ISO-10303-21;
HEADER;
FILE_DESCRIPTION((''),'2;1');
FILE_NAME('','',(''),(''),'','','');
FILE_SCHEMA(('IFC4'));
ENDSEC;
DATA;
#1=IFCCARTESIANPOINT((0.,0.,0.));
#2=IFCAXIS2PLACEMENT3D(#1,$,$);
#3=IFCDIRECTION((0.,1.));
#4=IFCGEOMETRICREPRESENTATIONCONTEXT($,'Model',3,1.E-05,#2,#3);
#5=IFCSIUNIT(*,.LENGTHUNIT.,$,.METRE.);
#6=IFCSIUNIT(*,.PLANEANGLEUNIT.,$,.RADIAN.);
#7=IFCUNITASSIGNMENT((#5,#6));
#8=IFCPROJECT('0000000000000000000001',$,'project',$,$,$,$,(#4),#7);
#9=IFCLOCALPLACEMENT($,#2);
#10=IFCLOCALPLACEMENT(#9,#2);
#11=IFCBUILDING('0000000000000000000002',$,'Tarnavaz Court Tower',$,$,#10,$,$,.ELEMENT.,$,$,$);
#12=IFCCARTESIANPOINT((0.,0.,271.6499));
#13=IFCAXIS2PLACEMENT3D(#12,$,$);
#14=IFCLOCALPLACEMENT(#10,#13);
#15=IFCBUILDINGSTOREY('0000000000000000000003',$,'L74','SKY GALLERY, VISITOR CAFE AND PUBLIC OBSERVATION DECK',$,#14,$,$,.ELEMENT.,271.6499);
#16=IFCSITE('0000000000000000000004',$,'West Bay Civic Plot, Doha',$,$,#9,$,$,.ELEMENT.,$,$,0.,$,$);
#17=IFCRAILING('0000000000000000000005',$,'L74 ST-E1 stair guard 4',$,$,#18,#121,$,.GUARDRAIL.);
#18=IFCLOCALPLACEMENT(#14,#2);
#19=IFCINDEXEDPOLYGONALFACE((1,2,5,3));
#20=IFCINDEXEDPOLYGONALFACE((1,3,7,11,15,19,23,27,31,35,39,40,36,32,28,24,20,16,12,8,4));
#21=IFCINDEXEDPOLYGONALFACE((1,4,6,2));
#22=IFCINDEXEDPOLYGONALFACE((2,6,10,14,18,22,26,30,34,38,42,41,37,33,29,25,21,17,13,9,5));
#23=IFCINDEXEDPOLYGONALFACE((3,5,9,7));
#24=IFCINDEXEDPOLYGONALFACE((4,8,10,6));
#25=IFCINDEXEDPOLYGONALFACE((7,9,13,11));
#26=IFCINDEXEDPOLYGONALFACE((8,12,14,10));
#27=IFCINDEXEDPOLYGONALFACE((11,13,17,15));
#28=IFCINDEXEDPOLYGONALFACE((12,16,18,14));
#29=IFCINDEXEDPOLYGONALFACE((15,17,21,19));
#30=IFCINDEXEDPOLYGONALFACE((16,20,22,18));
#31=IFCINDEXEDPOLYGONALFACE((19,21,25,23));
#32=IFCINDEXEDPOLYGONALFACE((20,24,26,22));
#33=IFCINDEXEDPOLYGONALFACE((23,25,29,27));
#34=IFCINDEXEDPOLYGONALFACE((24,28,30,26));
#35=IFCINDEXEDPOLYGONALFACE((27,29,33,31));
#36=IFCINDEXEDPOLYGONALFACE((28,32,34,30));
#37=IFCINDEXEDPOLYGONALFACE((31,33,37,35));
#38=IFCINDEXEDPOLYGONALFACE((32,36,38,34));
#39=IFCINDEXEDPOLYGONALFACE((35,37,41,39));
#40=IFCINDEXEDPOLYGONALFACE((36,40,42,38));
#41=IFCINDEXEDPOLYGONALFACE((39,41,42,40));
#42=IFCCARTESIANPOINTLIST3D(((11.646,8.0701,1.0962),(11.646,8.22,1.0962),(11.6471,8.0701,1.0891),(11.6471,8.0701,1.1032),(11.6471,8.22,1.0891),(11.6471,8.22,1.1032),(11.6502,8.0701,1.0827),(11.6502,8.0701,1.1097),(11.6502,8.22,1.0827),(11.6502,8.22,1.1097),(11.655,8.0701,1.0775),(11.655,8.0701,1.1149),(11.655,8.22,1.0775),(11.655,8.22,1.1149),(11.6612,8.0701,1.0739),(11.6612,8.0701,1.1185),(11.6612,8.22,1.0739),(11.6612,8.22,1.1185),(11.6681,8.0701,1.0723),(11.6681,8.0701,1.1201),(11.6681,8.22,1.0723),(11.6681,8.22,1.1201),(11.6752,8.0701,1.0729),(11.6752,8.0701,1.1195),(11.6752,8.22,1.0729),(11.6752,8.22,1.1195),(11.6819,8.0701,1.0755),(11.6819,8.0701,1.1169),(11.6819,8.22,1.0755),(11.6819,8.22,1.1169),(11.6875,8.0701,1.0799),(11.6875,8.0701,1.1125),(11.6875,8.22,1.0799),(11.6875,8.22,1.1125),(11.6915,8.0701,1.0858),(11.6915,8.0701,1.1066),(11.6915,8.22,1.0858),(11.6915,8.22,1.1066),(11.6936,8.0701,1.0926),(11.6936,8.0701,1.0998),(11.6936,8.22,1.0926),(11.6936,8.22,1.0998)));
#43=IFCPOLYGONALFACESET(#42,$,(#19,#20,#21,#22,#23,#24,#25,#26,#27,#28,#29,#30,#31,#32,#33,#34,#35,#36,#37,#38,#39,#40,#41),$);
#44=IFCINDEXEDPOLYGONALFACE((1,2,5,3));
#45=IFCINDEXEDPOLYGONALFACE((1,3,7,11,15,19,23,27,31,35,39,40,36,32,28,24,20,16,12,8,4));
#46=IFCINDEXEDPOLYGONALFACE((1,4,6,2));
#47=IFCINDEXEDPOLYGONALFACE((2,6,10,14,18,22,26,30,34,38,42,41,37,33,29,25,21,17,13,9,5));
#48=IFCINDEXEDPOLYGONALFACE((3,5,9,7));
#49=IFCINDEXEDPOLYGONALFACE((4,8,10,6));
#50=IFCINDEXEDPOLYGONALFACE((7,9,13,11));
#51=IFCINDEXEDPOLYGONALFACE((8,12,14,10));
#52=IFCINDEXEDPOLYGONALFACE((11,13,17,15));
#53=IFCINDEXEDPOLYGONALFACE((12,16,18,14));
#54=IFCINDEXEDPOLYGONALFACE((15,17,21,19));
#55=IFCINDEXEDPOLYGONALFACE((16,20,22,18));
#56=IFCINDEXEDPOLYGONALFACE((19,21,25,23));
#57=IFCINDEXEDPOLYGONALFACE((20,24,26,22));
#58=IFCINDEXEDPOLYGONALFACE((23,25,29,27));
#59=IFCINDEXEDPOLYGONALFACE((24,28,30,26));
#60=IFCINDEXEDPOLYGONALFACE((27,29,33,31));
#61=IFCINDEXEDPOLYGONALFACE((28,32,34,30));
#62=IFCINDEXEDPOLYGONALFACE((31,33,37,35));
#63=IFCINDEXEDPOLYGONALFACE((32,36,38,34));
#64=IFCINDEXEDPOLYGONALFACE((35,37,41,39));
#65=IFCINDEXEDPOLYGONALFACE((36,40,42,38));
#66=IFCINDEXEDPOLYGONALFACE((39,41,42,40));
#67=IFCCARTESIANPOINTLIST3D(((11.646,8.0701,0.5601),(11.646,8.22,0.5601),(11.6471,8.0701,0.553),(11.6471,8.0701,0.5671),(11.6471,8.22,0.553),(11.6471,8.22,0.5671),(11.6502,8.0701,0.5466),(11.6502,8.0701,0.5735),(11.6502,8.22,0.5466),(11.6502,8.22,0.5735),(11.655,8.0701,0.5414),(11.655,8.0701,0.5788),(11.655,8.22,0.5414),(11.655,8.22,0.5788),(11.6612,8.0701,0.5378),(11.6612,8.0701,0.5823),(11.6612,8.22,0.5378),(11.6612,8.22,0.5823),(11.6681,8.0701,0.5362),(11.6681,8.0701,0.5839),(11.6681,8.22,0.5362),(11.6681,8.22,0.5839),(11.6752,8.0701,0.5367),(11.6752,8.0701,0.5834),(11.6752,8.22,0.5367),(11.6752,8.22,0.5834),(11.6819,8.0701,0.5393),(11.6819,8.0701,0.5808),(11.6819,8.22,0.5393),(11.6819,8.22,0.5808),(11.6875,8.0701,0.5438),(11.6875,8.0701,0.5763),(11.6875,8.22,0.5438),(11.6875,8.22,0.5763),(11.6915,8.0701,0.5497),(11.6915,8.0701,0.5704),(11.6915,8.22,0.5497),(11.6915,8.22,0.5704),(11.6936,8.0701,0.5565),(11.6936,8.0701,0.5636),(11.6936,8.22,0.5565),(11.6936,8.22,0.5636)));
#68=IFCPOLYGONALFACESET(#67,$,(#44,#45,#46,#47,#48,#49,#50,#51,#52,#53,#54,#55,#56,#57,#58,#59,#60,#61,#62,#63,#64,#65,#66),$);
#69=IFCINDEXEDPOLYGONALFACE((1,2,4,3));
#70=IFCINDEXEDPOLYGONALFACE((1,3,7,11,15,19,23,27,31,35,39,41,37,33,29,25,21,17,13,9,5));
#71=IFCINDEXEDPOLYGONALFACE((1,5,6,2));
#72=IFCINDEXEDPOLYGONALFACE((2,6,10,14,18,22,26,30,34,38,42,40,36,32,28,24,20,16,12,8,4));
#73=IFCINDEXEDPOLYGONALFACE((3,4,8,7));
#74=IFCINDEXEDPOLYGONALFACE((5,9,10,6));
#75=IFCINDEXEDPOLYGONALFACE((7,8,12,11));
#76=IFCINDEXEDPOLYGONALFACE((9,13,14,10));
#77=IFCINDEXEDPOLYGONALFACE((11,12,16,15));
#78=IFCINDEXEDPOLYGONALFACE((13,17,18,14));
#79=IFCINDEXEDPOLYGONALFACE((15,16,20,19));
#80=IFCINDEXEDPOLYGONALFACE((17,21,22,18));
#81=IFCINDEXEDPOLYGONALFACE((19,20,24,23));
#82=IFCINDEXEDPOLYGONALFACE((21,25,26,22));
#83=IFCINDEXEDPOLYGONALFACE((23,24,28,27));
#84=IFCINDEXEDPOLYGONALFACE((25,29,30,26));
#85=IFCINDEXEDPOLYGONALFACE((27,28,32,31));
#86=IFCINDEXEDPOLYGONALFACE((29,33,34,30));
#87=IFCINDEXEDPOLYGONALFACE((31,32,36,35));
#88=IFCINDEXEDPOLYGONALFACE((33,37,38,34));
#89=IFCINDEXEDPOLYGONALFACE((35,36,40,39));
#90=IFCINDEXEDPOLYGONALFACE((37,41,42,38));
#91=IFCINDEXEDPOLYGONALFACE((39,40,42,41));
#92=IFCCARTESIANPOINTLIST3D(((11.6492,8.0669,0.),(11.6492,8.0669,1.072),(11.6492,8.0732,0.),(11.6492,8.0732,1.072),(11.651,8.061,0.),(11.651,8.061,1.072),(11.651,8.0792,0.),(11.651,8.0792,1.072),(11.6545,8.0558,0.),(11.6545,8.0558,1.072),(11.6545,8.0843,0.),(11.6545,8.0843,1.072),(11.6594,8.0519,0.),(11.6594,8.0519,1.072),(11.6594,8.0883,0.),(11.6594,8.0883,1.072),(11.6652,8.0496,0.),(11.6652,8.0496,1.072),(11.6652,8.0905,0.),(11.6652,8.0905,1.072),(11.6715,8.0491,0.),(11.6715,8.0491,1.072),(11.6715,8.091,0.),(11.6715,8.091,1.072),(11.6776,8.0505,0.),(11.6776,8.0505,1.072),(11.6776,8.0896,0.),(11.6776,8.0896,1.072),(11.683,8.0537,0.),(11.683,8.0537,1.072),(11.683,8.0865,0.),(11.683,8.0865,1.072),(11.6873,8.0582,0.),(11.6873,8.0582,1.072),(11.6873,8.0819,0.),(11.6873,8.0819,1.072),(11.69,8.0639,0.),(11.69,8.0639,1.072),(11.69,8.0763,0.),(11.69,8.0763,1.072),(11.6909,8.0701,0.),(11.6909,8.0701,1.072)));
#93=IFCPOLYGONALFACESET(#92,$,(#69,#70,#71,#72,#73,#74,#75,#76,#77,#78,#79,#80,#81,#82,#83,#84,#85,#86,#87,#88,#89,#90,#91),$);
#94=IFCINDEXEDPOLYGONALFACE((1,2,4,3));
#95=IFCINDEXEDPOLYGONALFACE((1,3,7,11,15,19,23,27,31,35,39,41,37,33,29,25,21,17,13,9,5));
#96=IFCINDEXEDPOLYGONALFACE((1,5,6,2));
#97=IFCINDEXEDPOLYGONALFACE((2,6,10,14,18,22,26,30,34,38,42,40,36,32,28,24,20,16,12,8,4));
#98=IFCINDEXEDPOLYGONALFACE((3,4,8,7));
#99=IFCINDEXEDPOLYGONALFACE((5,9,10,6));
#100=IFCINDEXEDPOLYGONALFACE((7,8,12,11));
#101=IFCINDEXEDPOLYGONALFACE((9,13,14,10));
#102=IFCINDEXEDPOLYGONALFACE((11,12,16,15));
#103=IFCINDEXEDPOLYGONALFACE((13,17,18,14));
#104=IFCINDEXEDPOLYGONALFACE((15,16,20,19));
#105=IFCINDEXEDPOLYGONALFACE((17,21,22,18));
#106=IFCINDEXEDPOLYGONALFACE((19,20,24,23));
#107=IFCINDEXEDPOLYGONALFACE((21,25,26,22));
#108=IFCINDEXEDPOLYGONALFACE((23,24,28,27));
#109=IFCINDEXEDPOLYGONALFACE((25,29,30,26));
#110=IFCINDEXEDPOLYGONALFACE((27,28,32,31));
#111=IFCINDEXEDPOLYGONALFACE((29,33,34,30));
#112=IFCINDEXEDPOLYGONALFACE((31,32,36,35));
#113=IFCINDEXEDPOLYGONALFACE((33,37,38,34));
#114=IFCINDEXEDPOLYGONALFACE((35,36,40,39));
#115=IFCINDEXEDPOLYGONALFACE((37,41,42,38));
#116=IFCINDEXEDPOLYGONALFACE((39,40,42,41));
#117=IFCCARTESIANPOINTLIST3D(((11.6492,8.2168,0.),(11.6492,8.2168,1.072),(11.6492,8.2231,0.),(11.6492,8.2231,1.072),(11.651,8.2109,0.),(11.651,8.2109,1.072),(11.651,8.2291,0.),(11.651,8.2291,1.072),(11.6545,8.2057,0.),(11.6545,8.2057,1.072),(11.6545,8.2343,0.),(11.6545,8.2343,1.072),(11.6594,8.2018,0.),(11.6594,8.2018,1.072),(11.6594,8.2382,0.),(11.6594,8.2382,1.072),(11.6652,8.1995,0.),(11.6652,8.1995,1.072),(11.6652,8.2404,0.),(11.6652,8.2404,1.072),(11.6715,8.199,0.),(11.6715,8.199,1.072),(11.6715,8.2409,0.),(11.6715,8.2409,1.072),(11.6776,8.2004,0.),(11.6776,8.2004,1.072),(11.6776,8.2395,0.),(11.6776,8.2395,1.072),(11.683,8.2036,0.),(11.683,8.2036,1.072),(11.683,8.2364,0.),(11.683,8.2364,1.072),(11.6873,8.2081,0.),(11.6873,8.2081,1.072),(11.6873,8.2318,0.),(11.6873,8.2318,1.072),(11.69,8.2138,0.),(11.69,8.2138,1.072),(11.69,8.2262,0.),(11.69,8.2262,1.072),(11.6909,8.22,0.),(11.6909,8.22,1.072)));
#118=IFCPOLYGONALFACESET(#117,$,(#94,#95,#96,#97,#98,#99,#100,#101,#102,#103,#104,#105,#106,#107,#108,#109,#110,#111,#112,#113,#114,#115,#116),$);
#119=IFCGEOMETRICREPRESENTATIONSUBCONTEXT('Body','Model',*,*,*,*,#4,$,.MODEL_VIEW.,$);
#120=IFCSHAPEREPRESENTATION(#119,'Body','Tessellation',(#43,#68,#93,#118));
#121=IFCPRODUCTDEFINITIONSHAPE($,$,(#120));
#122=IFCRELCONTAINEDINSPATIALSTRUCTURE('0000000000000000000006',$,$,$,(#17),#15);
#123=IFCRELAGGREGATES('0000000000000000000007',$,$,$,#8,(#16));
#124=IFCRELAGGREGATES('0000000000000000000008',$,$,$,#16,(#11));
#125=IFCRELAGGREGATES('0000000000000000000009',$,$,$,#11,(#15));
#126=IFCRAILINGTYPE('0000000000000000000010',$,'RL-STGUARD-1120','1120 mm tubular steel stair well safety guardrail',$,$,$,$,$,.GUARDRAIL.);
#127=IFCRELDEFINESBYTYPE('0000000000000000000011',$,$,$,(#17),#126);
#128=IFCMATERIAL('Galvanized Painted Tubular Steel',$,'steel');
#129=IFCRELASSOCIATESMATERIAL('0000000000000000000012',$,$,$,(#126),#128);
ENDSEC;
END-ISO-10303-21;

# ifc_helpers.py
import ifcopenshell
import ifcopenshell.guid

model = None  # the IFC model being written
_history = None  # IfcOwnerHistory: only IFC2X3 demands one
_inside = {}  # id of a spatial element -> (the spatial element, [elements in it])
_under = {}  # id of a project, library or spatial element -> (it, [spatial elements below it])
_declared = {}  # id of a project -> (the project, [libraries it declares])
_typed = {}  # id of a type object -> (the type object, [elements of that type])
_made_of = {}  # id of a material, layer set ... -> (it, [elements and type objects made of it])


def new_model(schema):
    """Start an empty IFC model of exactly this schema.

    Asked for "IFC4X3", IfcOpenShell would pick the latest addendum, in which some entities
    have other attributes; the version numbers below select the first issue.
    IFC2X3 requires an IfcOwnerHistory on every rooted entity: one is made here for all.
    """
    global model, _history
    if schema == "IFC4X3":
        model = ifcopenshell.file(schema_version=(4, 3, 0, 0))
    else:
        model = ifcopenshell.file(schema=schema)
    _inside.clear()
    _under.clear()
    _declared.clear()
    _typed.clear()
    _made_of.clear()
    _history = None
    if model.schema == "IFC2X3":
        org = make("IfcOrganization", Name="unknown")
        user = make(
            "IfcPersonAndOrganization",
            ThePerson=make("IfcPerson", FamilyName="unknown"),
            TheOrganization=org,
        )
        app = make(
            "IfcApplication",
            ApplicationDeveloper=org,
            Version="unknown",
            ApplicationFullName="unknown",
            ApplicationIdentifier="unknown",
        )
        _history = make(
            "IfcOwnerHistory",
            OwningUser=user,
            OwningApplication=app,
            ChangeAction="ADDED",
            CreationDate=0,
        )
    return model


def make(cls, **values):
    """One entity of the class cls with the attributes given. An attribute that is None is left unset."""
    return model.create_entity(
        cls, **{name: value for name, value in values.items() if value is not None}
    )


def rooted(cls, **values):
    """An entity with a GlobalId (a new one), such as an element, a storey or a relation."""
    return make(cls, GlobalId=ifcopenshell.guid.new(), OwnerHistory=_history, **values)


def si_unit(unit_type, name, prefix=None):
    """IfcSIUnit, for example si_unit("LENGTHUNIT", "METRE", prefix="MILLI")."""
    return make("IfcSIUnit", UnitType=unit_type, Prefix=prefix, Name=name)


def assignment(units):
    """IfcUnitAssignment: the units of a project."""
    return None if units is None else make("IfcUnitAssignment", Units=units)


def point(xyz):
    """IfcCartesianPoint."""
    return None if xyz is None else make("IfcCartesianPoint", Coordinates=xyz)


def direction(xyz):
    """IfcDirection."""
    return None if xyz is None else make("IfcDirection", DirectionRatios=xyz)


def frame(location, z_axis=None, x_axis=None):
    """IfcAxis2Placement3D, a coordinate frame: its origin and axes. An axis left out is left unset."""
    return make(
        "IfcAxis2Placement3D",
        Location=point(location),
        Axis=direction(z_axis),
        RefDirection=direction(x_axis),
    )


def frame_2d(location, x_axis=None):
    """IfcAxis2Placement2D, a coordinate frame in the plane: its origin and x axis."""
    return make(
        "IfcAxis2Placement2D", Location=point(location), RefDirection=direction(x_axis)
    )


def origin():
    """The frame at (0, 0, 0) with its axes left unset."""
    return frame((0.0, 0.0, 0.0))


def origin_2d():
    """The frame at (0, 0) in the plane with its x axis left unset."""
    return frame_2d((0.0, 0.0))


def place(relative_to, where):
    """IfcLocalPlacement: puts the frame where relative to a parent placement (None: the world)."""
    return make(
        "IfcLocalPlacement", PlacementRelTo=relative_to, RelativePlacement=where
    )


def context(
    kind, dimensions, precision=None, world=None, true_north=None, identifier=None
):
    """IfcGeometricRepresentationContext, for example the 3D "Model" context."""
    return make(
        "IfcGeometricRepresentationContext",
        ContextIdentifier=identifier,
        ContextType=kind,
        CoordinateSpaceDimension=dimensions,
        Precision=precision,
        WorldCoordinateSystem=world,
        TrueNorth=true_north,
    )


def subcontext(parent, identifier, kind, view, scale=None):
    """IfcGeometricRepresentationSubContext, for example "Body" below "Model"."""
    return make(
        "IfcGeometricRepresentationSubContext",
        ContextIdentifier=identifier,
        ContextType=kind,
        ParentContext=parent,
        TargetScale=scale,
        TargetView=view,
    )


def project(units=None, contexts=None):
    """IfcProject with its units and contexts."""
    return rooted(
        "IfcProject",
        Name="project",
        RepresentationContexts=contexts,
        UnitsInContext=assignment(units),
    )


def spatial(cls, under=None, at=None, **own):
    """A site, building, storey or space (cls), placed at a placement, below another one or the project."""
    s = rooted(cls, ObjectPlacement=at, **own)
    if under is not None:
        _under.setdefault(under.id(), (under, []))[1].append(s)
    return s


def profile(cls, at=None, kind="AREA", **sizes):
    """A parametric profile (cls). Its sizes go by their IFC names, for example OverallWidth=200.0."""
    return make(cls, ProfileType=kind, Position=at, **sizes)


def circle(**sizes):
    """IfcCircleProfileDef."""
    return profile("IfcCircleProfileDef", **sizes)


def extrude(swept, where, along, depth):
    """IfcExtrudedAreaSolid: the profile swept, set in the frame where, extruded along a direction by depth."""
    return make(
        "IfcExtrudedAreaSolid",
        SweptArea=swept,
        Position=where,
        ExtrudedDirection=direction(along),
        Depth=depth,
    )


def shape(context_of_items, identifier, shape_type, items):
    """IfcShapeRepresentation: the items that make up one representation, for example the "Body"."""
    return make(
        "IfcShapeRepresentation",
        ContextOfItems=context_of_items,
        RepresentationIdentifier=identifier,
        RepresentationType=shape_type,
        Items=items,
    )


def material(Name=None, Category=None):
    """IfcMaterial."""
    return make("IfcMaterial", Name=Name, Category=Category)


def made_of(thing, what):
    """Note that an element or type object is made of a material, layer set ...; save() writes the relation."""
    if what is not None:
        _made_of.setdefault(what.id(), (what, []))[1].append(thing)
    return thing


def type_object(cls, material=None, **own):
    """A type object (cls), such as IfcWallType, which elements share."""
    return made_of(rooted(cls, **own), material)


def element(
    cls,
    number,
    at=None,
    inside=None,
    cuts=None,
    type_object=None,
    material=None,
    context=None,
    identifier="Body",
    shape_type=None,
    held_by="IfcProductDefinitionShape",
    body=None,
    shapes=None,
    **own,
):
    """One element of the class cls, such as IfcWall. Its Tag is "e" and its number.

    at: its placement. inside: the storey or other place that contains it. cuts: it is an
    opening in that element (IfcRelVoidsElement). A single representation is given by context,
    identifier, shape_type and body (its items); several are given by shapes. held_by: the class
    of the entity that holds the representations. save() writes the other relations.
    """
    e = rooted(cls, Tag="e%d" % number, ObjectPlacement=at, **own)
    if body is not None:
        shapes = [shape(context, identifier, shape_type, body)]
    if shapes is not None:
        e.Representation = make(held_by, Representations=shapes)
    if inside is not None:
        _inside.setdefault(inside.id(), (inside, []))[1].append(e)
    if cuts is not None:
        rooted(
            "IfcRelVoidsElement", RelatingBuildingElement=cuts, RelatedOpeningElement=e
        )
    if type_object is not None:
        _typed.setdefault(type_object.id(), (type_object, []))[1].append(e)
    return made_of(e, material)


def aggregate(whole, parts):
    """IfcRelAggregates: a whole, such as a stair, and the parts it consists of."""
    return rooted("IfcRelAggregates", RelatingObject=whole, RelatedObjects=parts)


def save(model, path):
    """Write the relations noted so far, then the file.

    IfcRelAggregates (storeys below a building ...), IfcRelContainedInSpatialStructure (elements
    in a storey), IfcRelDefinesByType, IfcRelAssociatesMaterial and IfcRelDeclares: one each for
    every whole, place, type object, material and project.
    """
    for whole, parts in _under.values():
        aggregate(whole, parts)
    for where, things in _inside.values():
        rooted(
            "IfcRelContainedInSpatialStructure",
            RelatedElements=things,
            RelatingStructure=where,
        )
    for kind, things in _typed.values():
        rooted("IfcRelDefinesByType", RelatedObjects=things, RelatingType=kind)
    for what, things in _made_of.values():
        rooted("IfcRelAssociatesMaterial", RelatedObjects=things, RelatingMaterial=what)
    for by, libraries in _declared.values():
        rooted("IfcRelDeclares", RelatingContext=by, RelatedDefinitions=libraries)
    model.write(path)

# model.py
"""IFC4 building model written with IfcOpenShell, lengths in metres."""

from ifc_helpers import new_model, si_unit, direction, frame, origin, origin_2d, place, context, subcontext, project, spatial, circle, extrude, material, type_object, element, save


model = new_model("IFC4")

# Units and contexts
model_context = context("Model", 3, precision=1e-05, world=origin(), true_north=direction((0.0, 1.0)))
body_context = subcontext(model_context, "Body", "Model", "MODEL_VIEW")
ifc_project = project(units=[si_unit("LENGTHUNIT", "METRE"), si_unit("PLANEANGLEUNIT", "RADIAN")], contexts=[model_context])

# Site, building, storey
site_placement = place(None, origin())
site = spatial("IfcSite", under=ifc_project, at=site_placement, Name="West Bay Civic Plot, Doha", CompositionType="ELEMENT", RefElevation=0.0)
building_placement = place(site_placement, origin())
building = spatial("IfcBuilding", under=site, at=building_placement, Name="Tarnavaz Court Tower", CompositionType="ELEMENT")
storey_placement = place(building_placement, frame((0.0, 0.0, 271.6499)))
storey = spatial("IfcBuildingStorey", under=building, at=storey_placement, Name="L74", Description="SKY GALLERY, VISITOR CAFE AND PUBLIC OBSERVATION DECK", CompositionType="ELEMENT", Elevation=271.6499)

# Railing
ifc_material_1 = material(Name="Galvanized Painted Tubular Steel", Category="steel")
railing_type_1 = type_object("IfcRailingType", Name="RL-STGUARD-1120", Description="1120 mm tubular steel stair well safety guardrail", PredefinedType="GUARDRAIL", material=ifc_material_1)
railing_1_placement = place(storey_placement, frame((11.6699, 8.0701, 0.0)))
element("IfcRailing", 1, at=railing_1_placement, inside=storey, type_object=railing_type_1, Name="L74 ST-E1 stair guard 4", PredefinedType="GUARDRAIL", context=body_context, shape_type="SweptSolid", body=[
    extrude(circle(Radius=0.0239, at=origin_2d()), frame((0.0, 0.0, 1.0962), z_axis=(0.0, 1.0, 0.0), x_axis=(-1.0, 0.0, 0.0)), (0.0, 0.0, 1.0), 0.1499),
    extrude(circle(Radius=0.0239, at=origin_2d()), frame((0.0, 0.0, 0.5601), z_axis=(0.0, 1.0, 0.0), x_axis=(-1.0, 0.0, 0.0)), (0.0, 0.0, 1.0), 0.1499),
    extrude(circle(Radius=0.021, at=origin_2d()), origin(), (0.0, 0.0, 1.0), 1.072),
    extrude(circle(Radius=0.021, at=origin_2d()), frame((0.0, 0.1499, 0.0)), (0.0, 0.0, 1.0), 1.072),
])

save(model, "model.ifc")
